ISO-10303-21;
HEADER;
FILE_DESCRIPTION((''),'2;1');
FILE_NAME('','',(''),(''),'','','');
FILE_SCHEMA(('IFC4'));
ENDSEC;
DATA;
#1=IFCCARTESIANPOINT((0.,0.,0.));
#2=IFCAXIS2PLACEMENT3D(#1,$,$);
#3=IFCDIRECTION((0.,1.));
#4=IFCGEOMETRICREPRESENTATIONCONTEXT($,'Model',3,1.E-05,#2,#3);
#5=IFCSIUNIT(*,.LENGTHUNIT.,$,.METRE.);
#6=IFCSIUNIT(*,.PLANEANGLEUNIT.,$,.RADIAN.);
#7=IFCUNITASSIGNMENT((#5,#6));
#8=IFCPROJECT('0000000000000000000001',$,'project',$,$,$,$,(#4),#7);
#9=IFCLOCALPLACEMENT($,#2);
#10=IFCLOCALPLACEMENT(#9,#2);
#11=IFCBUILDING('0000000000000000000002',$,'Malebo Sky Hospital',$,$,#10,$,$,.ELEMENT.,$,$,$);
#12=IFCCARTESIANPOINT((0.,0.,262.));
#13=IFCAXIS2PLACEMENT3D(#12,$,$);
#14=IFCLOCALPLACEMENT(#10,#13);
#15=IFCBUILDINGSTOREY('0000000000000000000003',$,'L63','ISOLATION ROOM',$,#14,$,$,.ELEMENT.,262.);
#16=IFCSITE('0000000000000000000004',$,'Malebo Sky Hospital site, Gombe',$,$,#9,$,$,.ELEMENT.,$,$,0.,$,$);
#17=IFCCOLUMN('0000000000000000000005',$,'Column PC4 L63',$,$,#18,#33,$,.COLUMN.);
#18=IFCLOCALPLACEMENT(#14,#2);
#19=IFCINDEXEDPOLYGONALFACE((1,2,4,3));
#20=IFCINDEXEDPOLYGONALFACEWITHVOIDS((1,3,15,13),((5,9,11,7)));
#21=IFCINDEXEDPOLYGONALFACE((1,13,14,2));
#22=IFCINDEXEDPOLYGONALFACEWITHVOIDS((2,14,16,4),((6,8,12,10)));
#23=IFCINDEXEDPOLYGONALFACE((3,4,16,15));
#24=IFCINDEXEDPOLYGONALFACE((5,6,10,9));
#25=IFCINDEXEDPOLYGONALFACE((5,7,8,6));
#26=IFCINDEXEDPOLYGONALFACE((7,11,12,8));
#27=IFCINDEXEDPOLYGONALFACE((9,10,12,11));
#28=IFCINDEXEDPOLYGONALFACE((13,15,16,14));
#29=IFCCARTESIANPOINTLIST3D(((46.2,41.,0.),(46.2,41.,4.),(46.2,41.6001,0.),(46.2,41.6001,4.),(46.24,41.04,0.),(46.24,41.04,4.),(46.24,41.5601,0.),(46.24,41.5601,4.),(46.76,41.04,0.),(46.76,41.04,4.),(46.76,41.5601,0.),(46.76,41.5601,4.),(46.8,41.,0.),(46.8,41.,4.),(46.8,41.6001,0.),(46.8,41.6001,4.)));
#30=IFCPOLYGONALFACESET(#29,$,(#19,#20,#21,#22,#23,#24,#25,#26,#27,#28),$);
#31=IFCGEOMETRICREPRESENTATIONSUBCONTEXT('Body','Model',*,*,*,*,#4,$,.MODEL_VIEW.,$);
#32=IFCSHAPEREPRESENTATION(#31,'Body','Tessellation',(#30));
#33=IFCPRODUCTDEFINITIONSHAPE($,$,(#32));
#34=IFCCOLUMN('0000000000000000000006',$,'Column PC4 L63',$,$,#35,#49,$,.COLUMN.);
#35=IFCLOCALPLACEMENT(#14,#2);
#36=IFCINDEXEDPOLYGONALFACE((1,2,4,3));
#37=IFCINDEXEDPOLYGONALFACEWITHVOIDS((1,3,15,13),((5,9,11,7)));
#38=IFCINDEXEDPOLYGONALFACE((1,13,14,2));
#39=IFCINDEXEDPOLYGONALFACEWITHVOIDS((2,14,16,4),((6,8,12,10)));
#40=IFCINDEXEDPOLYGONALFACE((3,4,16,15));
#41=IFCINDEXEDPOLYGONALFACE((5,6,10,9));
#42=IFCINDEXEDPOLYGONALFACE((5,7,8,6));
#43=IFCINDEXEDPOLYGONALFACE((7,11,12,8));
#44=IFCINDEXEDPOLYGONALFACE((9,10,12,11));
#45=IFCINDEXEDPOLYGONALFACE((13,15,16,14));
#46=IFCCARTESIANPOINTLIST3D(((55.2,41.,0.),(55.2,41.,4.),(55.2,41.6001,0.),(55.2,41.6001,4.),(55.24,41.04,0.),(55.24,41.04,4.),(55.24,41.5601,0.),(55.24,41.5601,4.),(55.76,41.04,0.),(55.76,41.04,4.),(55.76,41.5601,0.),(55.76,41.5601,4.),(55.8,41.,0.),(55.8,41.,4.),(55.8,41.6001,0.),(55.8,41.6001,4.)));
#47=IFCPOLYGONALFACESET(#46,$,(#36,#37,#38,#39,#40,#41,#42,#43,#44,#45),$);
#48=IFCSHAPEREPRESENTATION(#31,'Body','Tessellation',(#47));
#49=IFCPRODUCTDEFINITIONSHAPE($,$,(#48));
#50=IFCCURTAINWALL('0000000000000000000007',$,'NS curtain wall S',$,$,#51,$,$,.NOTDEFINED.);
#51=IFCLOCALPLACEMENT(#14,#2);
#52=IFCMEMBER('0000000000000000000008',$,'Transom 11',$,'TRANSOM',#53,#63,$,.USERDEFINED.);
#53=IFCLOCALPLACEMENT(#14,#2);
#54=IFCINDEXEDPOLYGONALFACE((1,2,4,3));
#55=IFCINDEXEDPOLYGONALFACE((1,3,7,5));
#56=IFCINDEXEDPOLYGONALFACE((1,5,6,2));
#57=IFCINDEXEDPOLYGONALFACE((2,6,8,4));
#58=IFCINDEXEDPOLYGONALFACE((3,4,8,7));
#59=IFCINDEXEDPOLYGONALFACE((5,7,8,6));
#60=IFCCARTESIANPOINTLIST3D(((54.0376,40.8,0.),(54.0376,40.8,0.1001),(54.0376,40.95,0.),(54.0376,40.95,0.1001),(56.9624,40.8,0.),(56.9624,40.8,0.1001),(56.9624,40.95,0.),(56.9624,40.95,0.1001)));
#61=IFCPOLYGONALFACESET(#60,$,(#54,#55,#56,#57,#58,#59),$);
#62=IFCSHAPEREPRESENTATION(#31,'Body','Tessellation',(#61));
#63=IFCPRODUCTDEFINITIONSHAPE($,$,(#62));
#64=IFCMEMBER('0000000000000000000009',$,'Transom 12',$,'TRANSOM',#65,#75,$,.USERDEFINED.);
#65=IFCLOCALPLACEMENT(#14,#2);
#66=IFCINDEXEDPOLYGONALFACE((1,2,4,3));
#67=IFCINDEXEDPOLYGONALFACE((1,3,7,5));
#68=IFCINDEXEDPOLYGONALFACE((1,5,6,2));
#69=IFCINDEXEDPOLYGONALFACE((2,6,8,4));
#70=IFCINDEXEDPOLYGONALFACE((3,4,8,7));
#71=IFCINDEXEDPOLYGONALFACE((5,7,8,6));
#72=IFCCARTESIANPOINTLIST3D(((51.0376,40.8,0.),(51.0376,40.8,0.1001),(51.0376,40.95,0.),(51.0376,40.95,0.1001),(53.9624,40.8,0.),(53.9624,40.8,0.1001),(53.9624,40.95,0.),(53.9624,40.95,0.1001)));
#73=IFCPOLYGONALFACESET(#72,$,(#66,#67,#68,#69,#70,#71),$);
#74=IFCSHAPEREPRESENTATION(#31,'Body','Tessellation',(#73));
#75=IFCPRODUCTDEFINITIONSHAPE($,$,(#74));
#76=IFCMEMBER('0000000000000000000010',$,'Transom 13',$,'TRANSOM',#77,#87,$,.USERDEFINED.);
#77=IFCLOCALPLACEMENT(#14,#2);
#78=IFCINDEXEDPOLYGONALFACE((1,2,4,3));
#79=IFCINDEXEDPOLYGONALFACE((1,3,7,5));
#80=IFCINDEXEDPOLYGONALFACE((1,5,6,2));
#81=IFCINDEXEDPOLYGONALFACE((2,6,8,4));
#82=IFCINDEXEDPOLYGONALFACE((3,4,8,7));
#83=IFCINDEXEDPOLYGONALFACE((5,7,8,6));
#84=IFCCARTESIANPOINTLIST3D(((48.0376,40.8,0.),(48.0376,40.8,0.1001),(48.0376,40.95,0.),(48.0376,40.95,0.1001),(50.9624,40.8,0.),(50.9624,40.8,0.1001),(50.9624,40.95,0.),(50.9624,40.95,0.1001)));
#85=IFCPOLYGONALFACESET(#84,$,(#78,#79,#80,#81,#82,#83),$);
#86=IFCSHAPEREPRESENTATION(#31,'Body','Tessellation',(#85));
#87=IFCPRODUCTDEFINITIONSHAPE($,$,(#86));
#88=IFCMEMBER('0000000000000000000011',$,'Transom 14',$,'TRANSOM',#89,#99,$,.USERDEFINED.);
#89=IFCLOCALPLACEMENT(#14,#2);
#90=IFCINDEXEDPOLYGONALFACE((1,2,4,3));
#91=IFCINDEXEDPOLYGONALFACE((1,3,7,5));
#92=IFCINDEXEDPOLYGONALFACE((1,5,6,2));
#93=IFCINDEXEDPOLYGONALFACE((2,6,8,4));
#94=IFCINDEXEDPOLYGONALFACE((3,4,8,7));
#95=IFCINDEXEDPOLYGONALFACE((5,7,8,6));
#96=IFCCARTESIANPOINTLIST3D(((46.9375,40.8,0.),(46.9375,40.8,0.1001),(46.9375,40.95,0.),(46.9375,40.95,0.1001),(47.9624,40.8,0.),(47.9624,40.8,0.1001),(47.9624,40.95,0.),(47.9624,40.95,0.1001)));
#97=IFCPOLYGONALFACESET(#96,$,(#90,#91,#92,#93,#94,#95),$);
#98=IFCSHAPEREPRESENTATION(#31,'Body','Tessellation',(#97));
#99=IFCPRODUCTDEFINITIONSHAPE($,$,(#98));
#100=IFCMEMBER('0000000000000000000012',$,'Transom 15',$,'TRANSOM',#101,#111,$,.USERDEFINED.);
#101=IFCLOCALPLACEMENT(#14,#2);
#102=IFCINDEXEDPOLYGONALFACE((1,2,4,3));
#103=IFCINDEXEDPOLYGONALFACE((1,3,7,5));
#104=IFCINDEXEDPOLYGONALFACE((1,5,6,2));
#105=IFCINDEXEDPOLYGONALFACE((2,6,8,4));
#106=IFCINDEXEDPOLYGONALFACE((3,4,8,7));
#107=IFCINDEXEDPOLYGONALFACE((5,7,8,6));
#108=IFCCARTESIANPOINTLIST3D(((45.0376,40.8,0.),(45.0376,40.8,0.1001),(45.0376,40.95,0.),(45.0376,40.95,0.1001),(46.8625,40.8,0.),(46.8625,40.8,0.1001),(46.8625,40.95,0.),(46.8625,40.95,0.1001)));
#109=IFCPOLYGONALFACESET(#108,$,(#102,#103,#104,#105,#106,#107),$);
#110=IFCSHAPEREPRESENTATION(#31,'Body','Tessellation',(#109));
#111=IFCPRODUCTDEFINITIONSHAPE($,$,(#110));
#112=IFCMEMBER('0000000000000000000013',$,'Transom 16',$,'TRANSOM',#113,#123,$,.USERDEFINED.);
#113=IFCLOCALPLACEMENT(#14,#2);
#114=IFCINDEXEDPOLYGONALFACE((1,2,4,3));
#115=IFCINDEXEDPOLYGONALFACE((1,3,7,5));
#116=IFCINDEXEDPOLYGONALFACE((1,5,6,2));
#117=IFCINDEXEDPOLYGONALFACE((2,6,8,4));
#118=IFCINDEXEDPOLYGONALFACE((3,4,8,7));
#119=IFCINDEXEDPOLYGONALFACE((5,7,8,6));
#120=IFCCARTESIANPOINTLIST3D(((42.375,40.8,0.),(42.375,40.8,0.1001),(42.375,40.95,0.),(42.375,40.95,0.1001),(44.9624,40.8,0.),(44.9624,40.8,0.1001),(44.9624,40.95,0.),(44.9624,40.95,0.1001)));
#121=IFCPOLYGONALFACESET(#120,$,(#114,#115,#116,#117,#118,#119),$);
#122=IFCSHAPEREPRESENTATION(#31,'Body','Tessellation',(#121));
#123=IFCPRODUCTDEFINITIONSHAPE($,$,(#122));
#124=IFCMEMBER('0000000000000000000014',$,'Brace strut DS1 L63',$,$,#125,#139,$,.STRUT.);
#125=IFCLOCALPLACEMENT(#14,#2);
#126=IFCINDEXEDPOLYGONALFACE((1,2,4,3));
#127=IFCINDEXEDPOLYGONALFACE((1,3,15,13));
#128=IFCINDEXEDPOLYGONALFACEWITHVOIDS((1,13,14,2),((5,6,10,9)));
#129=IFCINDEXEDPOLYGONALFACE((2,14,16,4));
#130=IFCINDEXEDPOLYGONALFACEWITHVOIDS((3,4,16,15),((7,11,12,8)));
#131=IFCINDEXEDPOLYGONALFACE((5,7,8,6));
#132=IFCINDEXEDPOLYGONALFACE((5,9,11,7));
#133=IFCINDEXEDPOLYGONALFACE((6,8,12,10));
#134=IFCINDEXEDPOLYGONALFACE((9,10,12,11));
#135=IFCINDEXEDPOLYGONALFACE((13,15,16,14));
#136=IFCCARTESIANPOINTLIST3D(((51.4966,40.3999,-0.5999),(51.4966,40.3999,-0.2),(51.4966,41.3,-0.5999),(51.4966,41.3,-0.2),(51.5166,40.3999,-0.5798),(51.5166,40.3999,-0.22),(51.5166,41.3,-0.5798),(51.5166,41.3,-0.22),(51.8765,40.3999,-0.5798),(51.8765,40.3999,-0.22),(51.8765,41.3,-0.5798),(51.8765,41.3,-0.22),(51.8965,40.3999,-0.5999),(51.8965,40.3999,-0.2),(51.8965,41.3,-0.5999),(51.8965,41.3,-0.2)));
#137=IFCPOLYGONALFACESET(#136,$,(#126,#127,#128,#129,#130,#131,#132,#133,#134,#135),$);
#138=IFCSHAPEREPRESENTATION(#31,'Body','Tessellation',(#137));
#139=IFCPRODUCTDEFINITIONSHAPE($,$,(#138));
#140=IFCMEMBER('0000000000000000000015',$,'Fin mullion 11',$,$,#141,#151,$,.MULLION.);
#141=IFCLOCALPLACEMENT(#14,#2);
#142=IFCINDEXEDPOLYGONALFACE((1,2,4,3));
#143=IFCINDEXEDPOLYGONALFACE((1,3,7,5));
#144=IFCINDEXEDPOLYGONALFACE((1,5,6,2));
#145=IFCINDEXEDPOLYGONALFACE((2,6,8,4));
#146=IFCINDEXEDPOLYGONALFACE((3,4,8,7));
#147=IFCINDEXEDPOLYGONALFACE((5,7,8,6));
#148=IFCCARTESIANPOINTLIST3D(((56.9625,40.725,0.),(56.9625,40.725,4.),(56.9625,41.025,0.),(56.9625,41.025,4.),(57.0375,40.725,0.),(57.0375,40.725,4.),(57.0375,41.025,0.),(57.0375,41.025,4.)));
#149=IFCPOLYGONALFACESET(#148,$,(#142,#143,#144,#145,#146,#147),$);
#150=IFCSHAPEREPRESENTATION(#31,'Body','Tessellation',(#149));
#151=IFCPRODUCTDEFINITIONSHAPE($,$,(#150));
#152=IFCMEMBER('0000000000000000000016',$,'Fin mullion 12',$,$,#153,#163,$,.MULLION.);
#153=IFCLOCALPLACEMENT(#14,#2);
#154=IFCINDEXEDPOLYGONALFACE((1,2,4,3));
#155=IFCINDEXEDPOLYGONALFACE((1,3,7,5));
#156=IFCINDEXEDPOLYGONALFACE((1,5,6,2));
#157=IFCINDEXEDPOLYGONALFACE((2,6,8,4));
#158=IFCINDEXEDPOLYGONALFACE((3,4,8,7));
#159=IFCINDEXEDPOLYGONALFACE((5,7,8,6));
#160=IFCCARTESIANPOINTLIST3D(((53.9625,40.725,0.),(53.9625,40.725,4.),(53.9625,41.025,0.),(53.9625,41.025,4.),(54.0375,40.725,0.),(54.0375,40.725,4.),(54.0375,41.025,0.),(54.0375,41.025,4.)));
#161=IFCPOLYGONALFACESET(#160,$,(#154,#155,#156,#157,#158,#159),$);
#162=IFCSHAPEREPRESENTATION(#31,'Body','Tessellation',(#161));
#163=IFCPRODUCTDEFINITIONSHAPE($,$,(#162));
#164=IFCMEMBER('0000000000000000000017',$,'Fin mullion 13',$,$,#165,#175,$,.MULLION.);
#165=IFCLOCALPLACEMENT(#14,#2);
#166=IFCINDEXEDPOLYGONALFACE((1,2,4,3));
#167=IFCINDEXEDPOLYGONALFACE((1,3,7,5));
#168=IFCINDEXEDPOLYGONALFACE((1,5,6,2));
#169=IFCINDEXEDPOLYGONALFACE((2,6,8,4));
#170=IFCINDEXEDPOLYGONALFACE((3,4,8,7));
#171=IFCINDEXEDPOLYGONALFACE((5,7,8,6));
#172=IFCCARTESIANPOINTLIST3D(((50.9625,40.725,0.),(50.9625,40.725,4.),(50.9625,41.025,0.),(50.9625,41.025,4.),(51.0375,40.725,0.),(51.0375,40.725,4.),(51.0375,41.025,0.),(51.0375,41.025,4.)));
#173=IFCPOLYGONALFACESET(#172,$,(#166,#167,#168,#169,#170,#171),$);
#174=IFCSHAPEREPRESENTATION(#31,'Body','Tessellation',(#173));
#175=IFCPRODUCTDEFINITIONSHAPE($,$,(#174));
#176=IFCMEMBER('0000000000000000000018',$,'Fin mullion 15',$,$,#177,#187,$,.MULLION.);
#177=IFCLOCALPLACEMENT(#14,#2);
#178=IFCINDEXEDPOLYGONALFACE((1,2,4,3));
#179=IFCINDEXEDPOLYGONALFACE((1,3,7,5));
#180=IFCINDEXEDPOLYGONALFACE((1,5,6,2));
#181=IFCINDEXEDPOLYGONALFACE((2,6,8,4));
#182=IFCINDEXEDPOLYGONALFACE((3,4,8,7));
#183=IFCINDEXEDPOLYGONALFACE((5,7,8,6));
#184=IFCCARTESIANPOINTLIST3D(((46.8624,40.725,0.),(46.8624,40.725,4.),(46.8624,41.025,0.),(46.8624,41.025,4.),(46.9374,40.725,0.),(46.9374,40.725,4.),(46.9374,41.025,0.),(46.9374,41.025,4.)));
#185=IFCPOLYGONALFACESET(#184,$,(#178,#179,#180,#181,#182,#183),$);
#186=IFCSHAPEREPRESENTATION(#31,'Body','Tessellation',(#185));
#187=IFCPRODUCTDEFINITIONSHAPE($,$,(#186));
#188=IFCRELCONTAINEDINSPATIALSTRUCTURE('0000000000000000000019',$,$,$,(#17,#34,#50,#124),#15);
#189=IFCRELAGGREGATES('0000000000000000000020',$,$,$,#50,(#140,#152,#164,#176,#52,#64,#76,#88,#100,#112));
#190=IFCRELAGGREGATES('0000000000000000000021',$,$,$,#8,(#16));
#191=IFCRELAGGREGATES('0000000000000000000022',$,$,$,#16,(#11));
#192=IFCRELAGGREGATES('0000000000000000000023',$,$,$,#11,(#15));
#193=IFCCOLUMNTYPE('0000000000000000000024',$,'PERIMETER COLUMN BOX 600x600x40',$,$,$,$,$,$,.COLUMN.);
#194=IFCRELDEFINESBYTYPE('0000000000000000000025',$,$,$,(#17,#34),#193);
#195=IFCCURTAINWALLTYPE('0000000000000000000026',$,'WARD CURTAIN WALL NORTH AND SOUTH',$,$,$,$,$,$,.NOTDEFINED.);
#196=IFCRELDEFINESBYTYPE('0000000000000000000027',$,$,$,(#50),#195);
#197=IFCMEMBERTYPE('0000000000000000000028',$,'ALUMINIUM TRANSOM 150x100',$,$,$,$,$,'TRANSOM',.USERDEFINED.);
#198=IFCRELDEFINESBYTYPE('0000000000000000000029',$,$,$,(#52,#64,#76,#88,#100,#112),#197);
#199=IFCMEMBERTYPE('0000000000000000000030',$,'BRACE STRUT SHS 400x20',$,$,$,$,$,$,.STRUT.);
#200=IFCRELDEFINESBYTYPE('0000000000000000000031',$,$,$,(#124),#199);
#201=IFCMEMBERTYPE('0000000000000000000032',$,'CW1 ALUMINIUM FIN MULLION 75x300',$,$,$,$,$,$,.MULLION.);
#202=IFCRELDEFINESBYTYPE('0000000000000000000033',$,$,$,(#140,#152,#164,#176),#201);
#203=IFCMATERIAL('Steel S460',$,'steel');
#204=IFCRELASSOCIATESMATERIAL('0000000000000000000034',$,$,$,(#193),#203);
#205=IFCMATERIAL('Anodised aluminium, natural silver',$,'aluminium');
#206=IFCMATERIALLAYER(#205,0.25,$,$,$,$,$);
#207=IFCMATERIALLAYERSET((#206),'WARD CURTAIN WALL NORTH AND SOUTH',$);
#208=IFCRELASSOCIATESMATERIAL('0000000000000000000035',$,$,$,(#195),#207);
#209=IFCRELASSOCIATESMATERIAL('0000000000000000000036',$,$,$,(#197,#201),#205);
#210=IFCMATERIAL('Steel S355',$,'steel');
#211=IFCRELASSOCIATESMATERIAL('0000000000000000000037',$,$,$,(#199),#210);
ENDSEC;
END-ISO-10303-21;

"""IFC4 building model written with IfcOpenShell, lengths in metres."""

from ifc_helpers import new_model, si_unit, direction, frame, origin, origin_2d, place, context, subcontext, project, spatial, rectangle, hollow_rectangle, extrude, material, layer, layer_set, material_profile, profile_set, type_object, element, aggregate, save


model = new_model("IFC4")

# Units and contexts
model_context = context("Model", 3, precision=1e-05, world=origin(), true_north=direction((0.0, 1.0)))
body_context = subcontext(model_context, "Body", "Model", "MODEL_VIEW")
ifc_project = project(units=[si_unit("LENGTHUNIT", "METRE"), si_unit("PLANEANGLEUNIT", "RADIAN")], contexts=[model_context])

# Site, building, storey
site_placement = place(None, origin())
site = spatial("IfcSite", under=ifc_project, at=site_placement, Name="Malebo Sky Hospital site, Gombe", CompositionType="ELEMENT", RefElevation=0.0)
building_placement = place(site_placement, origin())
building = spatial("IfcBuilding", under=site, at=building_placement, Name="Malebo Sky Hospital", CompositionType="ELEMENT")
storey_placement = place(building_placement, frame((0.0, 0.0, 262.0)))
storey = spatial("IfcBuildingStorey", under=building, at=storey_placement, Name="L63", Description="ISOLATION ROOM", CompositionType="ELEMENT", Elevation=262.0)

# Columns
ifc_material_1 = material(Name="Steel S460", Category="steel")
ifc_material_profile_1 = material_profile(ifc_material_1, hollow_rectangle(XDim=0.6001, YDim=0.6001, WallThickness=0.04, at=origin_2d()), Name="BOX 600x600x40")
ifc_profile_set_1 = profile_set([ifc_material_profile_1], Name="Steel S460")
column_type = type_object("IfcColumnType", Name="PERIMETER COLUMN BOX 600x600x40", PredefinedType="COLUMN", material=ifc_profile_set_1)
for number, where, z_axis, x_axis, name in (
    (1, (46.5, 41.3, 0.0), (0.0, 0.0, 1.0), (1.0, 0.0, 0.0), "Column PC4 L63"),
    (2, (55.5, 41.3, 0.0), (0.0, 0.0, 1.0), (1.0, 0.0, 0.0), "Column PC4 L63"),
):
    element("IfcColumn", number, at=place(storey_placement, frame(where, z_axis=z_axis, x_axis=x_axis)), inside=storey, type_object=column_type, Name=name, PredefinedType="COLUMN", context=body_context, shape_type="SweptSolid", body=[
        extrude(hollow_rectangle(XDim=0.6001, YDim=0.6001, WallThickness=0.04, at=origin_2d()), origin(), (0.0, 0.0, 1.0), 4.0),
    ])

# Curtain wall, members
ifc_material_2 = material(Name="Anodised aluminium, natural silver", Category="aluminium")
ifc_layer_1 = layer(ifc_material_2, 0.25)
ifc_layer_set_1 = layer_set([ifc_layer_1], Name="WARD CURTAIN WALL NORTH AND SOUTH")
curtain_wall_type = type_object("IfcCurtainWallType", Name="WARD CURTAIN WALL NORTH AND SOUTH", PredefinedType="NOTDEFINED", material=ifc_layer_set_1)
curtain_wall_placement = place(storey_placement, origin())
curtain_wall = element("IfcCurtainWall", 3, at=curtain_wall_placement, inside=storey, type_object=curtain_wall_type, Name="NS curtain wall S", PredefinedType="NOTDEFINED")
ifc_material_profile_2 = material_profile(ifc_material_2, rectangle(XDim=0.1499, YDim=0.1001, at=origin_2d()), Name="ALUMINIUM TRANSOM 150x100")
ifc_profile_set_2 = profile_set([ifc_material_profile_2], Name="Anodised aluminium, natural silver")
member_type_1 = type_object("IfcMemberType", Name="ALUMINIUM TRANSOM 150x100", ElementType="TRANSOM", PredefinedType="USERDEFINED", material=ifc_profile_set_2)
member_1_placement = place(storey_placement, frame((56.9624, 40.875, 0.05), z_axis=(-1.0, 0.0, 0.0), x_axis=(0.0, -1.0, 0.0)))
member_1 = element("IfcMember", 4, at=member_1_placement, type_object=member_type_1, Name="Transom 11", ObjectType="TRANSOM", PredefinedType="USERDEFINED", context=body_context, shape_type="SweptSolid", body=[
    extrude(rectangle(XDim=0.1499, YDim=0.1001, at=origin_2d()), origin(), (0.0, 0.0, 1.0), 2.9248),
])
member_2_placement = place(storey_placement, frame((53.9624, 40.875, 0.05), z_axis=(-1.0, 0.0, 0.0), x_axis=(0.0, -1.0, 0.0)))
member_2 = element("IfcMember", 5, at=member_2_placement, type_object=member_type_1, Name="Transom 12", ObjectType="TRANSOM", PredefinedType="USERDEFINED", context=body_context, shape_type="SweptSolid", body=[
    extrude(rectangle(XDim=0.1499, YDim=0.1001, at=origin_2d()), origin(), (0.0, 0.0, 1.0), 2.9248),
])
member_3_placement = place(storey_placement, frame((50.9624, 40.875, 0.05), z_axis=(-1.0, 0.0, 0.0), x_axis=(0.0, -1.0, 0.0)))
member_3 = element("IfcMember", 6, at=member_3_placement, type_object=member_type_1, Name="Transom 13", ObjectType="TRANSOM", PredefinedType="USERDEFINED", context=body_context, shape_type="SweptSolid", body=[
    extrude(rectangle(XDim=0.1499, YDim=0.1001, at=origin_2d()), origin(), (0.0, 0.0, 1.0), 2.9248),
])
member_4_placement = place(storey_placement, frame((47.9624, 40.875, 0.05), z_axis=(-1.0, 0.0, 0.0), x_axis=(0.0, -1.0, 0.0)))
member_4 = element("IfcMember", 7, at=member_4_placement, type_object=member_type_1, Name="Transom 14", ObjectType="TRANSOM", PredefinedType="USERDEFINED", context=body_context, shape_type="SweptSolid", body=[
    extrude(rectangle(XDim=0.1499, YDim=0.1001, at=origin_2d()), origin(), (0.0, 0.0, 1.0), 1.0249),
])
member_5_placement = place(storey_placement, frame((46.8625, 40.875, 0.05), z_axis=(-1.0, 0.0, 0.0), x_axis=(0.0, -1.0, 0.0)))
member_5 = element("IfcMember", 8, at=member_5_placement, type_object=member_type_1, Name="Transom 15", ObjectType="TRANSOM", PredefinedType="USERDEFINED", context=body_context, shape_type="SweptSolid", body=[
    extrude(rectangle(XDim=0.1499, YDim=0.1001, at=origin_2d()), origin(), (0.0, 0.0, 1.0), 1.825),
])
member_6_placement = place(storey_placement, frame((44.9624, 40.875, 0.05), z_axis=(-1.0, 0.0, 0.0), x_axis=(0.0, -1.0, 0.0)))
member_6 = element("IfcMember", 9, at=member_6_placement, type_object=member_type_1, Name="Transom 16", ObjectType="TRANSOM", PredefinedType="USERDEFINED", context=body_context, shape_type="SweptSolid", body=[
    extrude(rectangle(XDim=0.1499, YDim=0.1001, at=origin_2d()), origin(), (0.0, 0.0, 1.0), 2.5874),
])

# Members
ifc_material_3 = material(Name="Steel S355", Category="steel")
ifc_material_profile_3 = material_profile(ifc_material_3, hollow_rectangle(XDim=0.3999, YDim=0.3999, WallThickness=0.02, at=origin_2d()), Name="SHS 400x20")
ifc_profile_set_3 = profile_set([ifc_material_profile_3], Name="Steel S355")
member_type_2 = type_object("IfcMemberType", Name="BRACE STRUT SHS 400x20", PredefinedType="STRUT", material=ifc_profile_set_3)
member_7_placement = place(storey_placement, frame((51.6965, 40.3999, -0.3999), z_axis=(0.0, 1.0, 0.0), x_axis=(-1.0, 0.0, 0.0)))
element("IfcMember", 10, at=member_7_placement, inside=storey, type_object=member_type_2, Name="Brace strut DS1 L63", PredefinedType="STRUT", context=body_context, shape_type="SweptSolid", body=[
    extrude(hollow_rectangle(XDim=0.3999, YDim=0.3999, WallThickness=0.02, at=origin_2d()), origin(), (0.0, 0.0, 1.0), 0.9001),
])
ifc_material_profile_4 = material_profile(ifc_material_2, rectangle(XDim=0.075, YDim=0.3, at=origin_2d()), Name="CW1 ALUMINIUM FIN MULLION 75x300")
ifc_profile_set_4 = profile_set([ifc_material_profile_4], Name="Anodised aluminium, natural silver")
member_type_3 = type_object("IfcMemberType", Name="CW1 ALUMINIUM FIN MULLION 75x300", PredefinedType="MULLION", material=ifc_profile_set_4)
member_8_placement = place(storey_placement, frame((57.0, 40.875, 0.0), z_axis=(0.0, 0.0, 1.0), x_axis=(-1.0, 0.0, 0.0)))
member_8 = element("IfcMember", 11, at=member_8_placement, type_object=member_type_3, Name="Fin mullion 11", PredefinedType="MULLION", context=body_context, shape_type="SweptSolid", body=[
    extrude(rectangle(XDim=0.075, YDim=0.3, at=origin_2d()), origin(), (0.0, 0.0, 1.0), 4.0),
])
member_9_placement = place(storey_placement, frame((54.0, 40.875, 0.0), z_axis=(0.0, 0.0, 1.0), x_axis=(-1.0, 0.0, 0.0)))
member_9 = element("IfcMember", 12, at=member_9_placement, type_object=member_type_3, Name="Fin mullion 12", PredefinedType="MULLION", context=body_context, shape_type="SweptSolid", body=[
    extrude(rectangle(XDim=0.075, YDim=0.3, at=origin_2d()), origin(), (0.0, 0.0, 1.0), 4.0),
])
member_10_placement = place(storey_placement, frame((51.0, 40.875, 0.0), z_axis=(0.0, 0.0, 1.0), x_axis=(-1.0, 0.0, 0.0)))
member_10 = element("IfcMember", 13, at=member_10_placement, type_object=member_type_3, Name="Fin mullion 13", PredefinedType="MULLION", context=body_context, shape_type="SweptSolid", body=[
    extrude(rectangle(XDim=0.075, YDim=0.3, at=origin_2d()), origin(), (0.0, 0.0, 1.0), 4.0),
])
member_11_placement = place(storey_placement, frame((46.8999, 40.875, 0.0), z_axis=(0.0, 0.0, 1.0), x_axis=(-1.0, 0.0, 0.0)))
member_11 = element("IfcMember", 14, at=member_11_placement, type_object=member_type_3, Name="Fin mullion 15", PredefinedType="MULLION", context=body_context, shape_type="SweptSolid", body=[
    extrude(rectangle(XDim=0.075, YDim=0.3, at=origin_2d()), origin(), (0.0, 0.0, 1.0), 4.0),
])

aggregate(curtain_wall, [member_8, member_9, member_10, member_11, member_1, member_2, member_3, member_4, member_5, member_6])

save(model, "model.ifc")
